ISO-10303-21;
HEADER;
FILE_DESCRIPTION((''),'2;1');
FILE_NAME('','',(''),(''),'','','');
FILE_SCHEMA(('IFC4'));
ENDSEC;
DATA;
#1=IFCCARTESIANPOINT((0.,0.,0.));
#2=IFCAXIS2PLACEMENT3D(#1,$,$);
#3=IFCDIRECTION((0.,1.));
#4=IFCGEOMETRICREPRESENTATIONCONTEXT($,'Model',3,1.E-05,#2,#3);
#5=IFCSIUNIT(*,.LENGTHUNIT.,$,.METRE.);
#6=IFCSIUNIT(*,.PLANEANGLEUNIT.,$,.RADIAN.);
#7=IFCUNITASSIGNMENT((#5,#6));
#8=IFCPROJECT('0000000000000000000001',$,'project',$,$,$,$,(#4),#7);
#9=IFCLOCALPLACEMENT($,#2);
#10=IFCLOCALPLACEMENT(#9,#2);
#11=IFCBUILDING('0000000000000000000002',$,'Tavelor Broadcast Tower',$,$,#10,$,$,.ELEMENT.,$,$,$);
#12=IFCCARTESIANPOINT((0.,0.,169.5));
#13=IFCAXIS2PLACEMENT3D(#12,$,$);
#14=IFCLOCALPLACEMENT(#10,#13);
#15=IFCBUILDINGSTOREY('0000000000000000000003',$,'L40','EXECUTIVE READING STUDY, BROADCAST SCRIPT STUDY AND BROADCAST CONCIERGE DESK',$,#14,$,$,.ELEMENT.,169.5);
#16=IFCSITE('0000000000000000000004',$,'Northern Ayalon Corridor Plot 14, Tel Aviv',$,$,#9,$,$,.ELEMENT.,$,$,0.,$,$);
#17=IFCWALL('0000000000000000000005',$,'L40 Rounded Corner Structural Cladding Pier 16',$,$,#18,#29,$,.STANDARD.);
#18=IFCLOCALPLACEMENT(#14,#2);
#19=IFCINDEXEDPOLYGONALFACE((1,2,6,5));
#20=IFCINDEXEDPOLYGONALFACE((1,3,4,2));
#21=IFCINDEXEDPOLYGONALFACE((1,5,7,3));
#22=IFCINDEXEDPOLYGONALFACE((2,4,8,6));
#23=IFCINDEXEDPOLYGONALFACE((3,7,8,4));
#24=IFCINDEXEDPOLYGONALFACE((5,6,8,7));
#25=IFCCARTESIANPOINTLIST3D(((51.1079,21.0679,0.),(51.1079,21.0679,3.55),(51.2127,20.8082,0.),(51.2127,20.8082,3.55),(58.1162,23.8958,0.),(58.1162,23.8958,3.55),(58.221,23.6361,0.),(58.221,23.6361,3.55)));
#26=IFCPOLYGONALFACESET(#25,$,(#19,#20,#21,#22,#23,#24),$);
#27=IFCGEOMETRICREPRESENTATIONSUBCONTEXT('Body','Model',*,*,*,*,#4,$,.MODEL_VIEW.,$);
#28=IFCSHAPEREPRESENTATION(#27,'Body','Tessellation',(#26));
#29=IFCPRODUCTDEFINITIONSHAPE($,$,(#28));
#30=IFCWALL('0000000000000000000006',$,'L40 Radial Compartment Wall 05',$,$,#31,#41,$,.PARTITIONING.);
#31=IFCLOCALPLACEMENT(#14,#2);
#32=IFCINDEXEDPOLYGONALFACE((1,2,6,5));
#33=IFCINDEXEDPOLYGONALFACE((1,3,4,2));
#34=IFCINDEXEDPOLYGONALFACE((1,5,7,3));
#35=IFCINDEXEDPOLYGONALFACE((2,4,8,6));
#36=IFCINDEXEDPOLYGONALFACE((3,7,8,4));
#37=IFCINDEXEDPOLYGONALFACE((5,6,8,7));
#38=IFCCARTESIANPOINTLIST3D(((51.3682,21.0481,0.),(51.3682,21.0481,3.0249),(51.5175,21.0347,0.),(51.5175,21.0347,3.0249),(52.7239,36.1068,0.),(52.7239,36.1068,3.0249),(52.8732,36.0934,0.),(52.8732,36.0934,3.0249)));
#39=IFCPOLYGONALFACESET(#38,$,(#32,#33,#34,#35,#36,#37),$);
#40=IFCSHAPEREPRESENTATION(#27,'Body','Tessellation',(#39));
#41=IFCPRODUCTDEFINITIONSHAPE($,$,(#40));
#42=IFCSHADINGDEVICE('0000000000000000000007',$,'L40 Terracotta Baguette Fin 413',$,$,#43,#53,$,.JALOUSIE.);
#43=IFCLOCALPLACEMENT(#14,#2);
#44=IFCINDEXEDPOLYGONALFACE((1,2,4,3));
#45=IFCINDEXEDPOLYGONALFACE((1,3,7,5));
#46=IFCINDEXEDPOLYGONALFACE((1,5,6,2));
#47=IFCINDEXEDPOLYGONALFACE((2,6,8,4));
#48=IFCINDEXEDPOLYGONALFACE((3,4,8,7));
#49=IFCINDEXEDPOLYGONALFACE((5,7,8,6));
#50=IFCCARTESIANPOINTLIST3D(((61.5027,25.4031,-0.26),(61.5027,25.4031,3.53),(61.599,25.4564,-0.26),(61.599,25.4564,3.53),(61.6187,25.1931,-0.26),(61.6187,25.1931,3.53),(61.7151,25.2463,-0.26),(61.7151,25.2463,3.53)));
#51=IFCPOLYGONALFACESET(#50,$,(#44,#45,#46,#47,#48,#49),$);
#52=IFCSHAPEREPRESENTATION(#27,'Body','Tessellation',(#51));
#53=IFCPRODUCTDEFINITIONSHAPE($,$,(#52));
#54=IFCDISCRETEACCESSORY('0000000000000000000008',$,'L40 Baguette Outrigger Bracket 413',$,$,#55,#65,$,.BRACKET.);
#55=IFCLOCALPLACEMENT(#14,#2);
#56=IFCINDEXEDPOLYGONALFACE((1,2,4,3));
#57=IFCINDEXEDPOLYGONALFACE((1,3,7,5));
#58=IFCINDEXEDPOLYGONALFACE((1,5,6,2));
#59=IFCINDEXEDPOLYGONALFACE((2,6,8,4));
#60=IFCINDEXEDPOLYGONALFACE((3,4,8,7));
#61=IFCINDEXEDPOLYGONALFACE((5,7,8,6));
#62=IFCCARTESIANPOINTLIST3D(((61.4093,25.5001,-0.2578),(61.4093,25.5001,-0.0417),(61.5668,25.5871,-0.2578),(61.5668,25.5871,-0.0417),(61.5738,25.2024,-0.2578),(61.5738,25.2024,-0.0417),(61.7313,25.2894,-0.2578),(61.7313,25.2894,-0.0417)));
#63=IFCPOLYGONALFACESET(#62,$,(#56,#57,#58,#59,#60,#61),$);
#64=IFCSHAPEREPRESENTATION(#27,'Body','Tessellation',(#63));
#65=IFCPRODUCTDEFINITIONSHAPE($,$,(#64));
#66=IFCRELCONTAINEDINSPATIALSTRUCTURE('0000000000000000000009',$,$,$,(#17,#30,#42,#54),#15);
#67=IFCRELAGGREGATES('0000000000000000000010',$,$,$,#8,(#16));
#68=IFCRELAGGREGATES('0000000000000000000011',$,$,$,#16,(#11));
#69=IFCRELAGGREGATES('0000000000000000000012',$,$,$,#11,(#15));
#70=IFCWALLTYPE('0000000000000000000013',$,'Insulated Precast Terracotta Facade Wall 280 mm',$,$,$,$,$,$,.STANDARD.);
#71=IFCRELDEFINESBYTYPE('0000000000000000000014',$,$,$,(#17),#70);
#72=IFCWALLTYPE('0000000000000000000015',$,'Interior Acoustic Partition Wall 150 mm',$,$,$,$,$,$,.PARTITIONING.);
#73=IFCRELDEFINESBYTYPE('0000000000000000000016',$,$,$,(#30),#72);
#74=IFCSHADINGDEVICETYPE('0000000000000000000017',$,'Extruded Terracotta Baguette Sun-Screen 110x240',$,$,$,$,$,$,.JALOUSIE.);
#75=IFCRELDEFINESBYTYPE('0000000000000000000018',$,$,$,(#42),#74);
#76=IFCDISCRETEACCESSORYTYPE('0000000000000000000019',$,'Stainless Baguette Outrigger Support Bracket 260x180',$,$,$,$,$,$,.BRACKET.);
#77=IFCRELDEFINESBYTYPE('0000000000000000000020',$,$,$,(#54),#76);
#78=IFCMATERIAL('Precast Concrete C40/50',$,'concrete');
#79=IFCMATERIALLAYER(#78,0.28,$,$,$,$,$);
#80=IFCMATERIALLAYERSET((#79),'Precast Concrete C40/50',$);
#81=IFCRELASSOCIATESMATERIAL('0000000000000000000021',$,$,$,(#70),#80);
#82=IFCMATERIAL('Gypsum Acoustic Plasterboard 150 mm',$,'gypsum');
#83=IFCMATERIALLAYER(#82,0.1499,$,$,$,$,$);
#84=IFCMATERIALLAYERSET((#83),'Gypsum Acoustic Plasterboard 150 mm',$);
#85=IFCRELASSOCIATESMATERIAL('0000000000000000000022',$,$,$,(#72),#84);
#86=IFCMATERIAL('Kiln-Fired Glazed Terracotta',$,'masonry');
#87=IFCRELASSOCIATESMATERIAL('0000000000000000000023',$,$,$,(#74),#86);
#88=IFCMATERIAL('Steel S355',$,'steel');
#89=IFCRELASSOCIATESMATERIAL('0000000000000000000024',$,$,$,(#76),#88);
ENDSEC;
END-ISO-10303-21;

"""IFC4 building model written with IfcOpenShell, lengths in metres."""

from ifc_helpers import new_model, si_unit, direction, frame, frame_2d, origin, origin_2d, place, context, subcontext, project, spatial, rectangle, extrude, source, transform, mapped, material, layer, layer_set, type_object, type_shapes, element, save


model = new_model("IFC4")

# Units and contexts
model_context = context("Model", 3, precision=1e-05, world=origin(), true_north=direction((0.0, 1.0)))
body_context = subcontext(model_context, "Body", "Model", "MODEL_VIEW")
ifc_project = project(units=[si_unit("LENGTHUNIT", "METRE"), si_unit("PLANEANGLEUNIT", "RADIAN")], contexts=[model_context])

# Site, building, storey
site_placement = place(None, origin())
site = spatial("IfcSite", under=ifc_project, at=site_placement, Name="Northern Ayalon Corridor Plot 14, Tel Aviv", CompositionType="ELEMENT", RefElevation=0.0)
building_placement = place(site_placement, origin())
building = spatial("IfcBuilding", under=site, at=building_placement, Name="Tavelor Broadcast Tower", CompositionType="ELEMENT")
storey_placement = place(building_placement, frame((0.0, 0.0, 169.5)))
storey = spatial("IfcBuildingStorey", under=building, at=storey_placement, Name="L40", Description="EXECUTIVE READING STUDY, BROADCAST SCRIPT STUDY AND BROADCAST CONCIERGE DESK", CompositionType="ELEMENT", Elevation=169.5)

# Shared definitions
ifc_material_1 = material(Name="Steel S355", Category="steel")

# Walls
ifc_material_2 = material(Name="Precast Concrete C40/50", Category="concrete")
ifc_layer_1 = layer(ifc_material_2, 0.28)
ifc_layer_set_1 = layer_set([ifc_layer_1], Name="Precast Concrete C40/50")
wall_type_1 = type_object("IfcWallType", Name="Insulated Precast Terracotta Facade Wall 280 mm", PredefinedType="STANDARD", material=ifc_layer_set_1)
wall_1_placement = place(storey_placement, frame((51.1602, 20.938, 0.0), z_axis=(0.0, 0.0, 1.0), x_axis=(0.927352, 0.374191, 0.0)))
element("IfcWall", 1, at=wall_1_placement, inside=storey, type_object=wall_type_1, Name="L40 Rounded Corner Structural Cladding Pier 16", PredefinedType="STANDARD", context=body_context, shape_type="SweptSolid", body=[
    extrude(rectangle(XDim=7.5574, YDim=0.28, at=frame_2d((3.7788, 0.0))), origin(), (0.0, 0.0, 1.0), 3.55),
])
ifc_material_3 = material(Name="Gypsum Acoustic Plasterboard 150 mm", Category="gypsum")
ifc_layer_2 = layer(ifc_material_3, 0.1499)
ifc_layer_set_2 = layer_set([ifc_layer_2], Name="Gypsum Acoustic Plasterboard 150 mm")
wall_type_2 = type_object("IfcWallType", Name="Interior Acoustic Partition Wall 150 mm", PredefinedType="PARTITIONING", material=ifc_layer_set_2)
wall_2_placement = place(storey_placement, frame((52.7986, 36.1001, 0.0), z_axis=(0.0, 0.0, 1.0), x_axis=(-0.089665, -0.995972, 0.0)))
element("IfcWall", 2, at=wall_2_placement, inside=storey, type_object=wall_type_2, Name="L40 Radial Compartment Wall 05", PredefinedType="PARTITIONING", context=body_context, shape_type="SweptSolid", body=[
    extrude(rectangle(XDim=15.1196, YDim=0.1499, at=frame_2d((7.5598, 0.0))), origin(), (0.0, 0.0, 1.0), 3.0249),
])

# Shading device
ifc_material_4 = material(Name="Kiln-Fired Glazed Terracotta", Category="masonry")
shading_device_type = type_object("IfcShadingDeviceType", Name="Extruded Terracotta Baguette Sun-Screen 110x240", PredefinedType="JALOUSIE", material=ifc_material_4)
shared_shape_1 = source(origin(), body_context, "Body", "SweptSolid", [
    extrude(rectangle(XDim=0.1101, YDim=0.24, at=origin_2d()), origin(), (0.0, 0.0, 1.0), 3.79),
])
type_shapes(shading_device_type, [shared_shape_1])
shading_device_placement = place(storey_placement, frame((61.6089, 25.3247, -0.26), z_axis=(0.0, 0.0, 1.0), x_axis=(0.875296, 0.483588, 0.0)))
element("IfcShadingDevice", 3, at=shading_device_placement, inside=storey, type_object=shading_device_type, Name="L40 Terracotta Baguette Fin 413", PredefinedType="JALOUSIE", context=body_context, shape_type="MappedRepresentation", body=[
    mapped(shared_shape_1, transform((0.0, 0.0, 0.0), scale=1.0)),
])

# Discrete accessory
discrete_accessory_type = type_object("IfcDiscreteAccessoryType", Name="Stainless Baguette Outrigger Support Bracket 260x180", PredefinedType="BRACKET", material=ifc_material_1)
shared_shape_2 = source(origin(), body_context, "Body", "SweptSolid", [
    extrude(rectangle(XDim=0.1799, YDim=0.3401, at=origin_2d()), origin(), (0.0, 0.0, 1.0), 0.2161),
])
type_shapes(discrete_accessory_type, [shared_shape_2])
discrete_accessory_placement = place(storey_placement, frame((61.5703, 25.3948, -0.2578), z_axis=(0.0, 0.0, 1.0), x_axis=(0.875296, 0.483588, 0.0)))
element("IfcDiscreteAccessory", 4, at=discrete_accessory_placement, inside=storey, type_object=discrete_accessory_type, Name="L40 Baguette Outrigger Bracket 413", PredefinedType="BRACKET", context=body_context, shape_type="MappedRepresentation", body=[
    mapped(shared_shape_2, transform((0.0, 0.0, 0.0), scale=1.0)),
])

save(model, "model.ifc")
